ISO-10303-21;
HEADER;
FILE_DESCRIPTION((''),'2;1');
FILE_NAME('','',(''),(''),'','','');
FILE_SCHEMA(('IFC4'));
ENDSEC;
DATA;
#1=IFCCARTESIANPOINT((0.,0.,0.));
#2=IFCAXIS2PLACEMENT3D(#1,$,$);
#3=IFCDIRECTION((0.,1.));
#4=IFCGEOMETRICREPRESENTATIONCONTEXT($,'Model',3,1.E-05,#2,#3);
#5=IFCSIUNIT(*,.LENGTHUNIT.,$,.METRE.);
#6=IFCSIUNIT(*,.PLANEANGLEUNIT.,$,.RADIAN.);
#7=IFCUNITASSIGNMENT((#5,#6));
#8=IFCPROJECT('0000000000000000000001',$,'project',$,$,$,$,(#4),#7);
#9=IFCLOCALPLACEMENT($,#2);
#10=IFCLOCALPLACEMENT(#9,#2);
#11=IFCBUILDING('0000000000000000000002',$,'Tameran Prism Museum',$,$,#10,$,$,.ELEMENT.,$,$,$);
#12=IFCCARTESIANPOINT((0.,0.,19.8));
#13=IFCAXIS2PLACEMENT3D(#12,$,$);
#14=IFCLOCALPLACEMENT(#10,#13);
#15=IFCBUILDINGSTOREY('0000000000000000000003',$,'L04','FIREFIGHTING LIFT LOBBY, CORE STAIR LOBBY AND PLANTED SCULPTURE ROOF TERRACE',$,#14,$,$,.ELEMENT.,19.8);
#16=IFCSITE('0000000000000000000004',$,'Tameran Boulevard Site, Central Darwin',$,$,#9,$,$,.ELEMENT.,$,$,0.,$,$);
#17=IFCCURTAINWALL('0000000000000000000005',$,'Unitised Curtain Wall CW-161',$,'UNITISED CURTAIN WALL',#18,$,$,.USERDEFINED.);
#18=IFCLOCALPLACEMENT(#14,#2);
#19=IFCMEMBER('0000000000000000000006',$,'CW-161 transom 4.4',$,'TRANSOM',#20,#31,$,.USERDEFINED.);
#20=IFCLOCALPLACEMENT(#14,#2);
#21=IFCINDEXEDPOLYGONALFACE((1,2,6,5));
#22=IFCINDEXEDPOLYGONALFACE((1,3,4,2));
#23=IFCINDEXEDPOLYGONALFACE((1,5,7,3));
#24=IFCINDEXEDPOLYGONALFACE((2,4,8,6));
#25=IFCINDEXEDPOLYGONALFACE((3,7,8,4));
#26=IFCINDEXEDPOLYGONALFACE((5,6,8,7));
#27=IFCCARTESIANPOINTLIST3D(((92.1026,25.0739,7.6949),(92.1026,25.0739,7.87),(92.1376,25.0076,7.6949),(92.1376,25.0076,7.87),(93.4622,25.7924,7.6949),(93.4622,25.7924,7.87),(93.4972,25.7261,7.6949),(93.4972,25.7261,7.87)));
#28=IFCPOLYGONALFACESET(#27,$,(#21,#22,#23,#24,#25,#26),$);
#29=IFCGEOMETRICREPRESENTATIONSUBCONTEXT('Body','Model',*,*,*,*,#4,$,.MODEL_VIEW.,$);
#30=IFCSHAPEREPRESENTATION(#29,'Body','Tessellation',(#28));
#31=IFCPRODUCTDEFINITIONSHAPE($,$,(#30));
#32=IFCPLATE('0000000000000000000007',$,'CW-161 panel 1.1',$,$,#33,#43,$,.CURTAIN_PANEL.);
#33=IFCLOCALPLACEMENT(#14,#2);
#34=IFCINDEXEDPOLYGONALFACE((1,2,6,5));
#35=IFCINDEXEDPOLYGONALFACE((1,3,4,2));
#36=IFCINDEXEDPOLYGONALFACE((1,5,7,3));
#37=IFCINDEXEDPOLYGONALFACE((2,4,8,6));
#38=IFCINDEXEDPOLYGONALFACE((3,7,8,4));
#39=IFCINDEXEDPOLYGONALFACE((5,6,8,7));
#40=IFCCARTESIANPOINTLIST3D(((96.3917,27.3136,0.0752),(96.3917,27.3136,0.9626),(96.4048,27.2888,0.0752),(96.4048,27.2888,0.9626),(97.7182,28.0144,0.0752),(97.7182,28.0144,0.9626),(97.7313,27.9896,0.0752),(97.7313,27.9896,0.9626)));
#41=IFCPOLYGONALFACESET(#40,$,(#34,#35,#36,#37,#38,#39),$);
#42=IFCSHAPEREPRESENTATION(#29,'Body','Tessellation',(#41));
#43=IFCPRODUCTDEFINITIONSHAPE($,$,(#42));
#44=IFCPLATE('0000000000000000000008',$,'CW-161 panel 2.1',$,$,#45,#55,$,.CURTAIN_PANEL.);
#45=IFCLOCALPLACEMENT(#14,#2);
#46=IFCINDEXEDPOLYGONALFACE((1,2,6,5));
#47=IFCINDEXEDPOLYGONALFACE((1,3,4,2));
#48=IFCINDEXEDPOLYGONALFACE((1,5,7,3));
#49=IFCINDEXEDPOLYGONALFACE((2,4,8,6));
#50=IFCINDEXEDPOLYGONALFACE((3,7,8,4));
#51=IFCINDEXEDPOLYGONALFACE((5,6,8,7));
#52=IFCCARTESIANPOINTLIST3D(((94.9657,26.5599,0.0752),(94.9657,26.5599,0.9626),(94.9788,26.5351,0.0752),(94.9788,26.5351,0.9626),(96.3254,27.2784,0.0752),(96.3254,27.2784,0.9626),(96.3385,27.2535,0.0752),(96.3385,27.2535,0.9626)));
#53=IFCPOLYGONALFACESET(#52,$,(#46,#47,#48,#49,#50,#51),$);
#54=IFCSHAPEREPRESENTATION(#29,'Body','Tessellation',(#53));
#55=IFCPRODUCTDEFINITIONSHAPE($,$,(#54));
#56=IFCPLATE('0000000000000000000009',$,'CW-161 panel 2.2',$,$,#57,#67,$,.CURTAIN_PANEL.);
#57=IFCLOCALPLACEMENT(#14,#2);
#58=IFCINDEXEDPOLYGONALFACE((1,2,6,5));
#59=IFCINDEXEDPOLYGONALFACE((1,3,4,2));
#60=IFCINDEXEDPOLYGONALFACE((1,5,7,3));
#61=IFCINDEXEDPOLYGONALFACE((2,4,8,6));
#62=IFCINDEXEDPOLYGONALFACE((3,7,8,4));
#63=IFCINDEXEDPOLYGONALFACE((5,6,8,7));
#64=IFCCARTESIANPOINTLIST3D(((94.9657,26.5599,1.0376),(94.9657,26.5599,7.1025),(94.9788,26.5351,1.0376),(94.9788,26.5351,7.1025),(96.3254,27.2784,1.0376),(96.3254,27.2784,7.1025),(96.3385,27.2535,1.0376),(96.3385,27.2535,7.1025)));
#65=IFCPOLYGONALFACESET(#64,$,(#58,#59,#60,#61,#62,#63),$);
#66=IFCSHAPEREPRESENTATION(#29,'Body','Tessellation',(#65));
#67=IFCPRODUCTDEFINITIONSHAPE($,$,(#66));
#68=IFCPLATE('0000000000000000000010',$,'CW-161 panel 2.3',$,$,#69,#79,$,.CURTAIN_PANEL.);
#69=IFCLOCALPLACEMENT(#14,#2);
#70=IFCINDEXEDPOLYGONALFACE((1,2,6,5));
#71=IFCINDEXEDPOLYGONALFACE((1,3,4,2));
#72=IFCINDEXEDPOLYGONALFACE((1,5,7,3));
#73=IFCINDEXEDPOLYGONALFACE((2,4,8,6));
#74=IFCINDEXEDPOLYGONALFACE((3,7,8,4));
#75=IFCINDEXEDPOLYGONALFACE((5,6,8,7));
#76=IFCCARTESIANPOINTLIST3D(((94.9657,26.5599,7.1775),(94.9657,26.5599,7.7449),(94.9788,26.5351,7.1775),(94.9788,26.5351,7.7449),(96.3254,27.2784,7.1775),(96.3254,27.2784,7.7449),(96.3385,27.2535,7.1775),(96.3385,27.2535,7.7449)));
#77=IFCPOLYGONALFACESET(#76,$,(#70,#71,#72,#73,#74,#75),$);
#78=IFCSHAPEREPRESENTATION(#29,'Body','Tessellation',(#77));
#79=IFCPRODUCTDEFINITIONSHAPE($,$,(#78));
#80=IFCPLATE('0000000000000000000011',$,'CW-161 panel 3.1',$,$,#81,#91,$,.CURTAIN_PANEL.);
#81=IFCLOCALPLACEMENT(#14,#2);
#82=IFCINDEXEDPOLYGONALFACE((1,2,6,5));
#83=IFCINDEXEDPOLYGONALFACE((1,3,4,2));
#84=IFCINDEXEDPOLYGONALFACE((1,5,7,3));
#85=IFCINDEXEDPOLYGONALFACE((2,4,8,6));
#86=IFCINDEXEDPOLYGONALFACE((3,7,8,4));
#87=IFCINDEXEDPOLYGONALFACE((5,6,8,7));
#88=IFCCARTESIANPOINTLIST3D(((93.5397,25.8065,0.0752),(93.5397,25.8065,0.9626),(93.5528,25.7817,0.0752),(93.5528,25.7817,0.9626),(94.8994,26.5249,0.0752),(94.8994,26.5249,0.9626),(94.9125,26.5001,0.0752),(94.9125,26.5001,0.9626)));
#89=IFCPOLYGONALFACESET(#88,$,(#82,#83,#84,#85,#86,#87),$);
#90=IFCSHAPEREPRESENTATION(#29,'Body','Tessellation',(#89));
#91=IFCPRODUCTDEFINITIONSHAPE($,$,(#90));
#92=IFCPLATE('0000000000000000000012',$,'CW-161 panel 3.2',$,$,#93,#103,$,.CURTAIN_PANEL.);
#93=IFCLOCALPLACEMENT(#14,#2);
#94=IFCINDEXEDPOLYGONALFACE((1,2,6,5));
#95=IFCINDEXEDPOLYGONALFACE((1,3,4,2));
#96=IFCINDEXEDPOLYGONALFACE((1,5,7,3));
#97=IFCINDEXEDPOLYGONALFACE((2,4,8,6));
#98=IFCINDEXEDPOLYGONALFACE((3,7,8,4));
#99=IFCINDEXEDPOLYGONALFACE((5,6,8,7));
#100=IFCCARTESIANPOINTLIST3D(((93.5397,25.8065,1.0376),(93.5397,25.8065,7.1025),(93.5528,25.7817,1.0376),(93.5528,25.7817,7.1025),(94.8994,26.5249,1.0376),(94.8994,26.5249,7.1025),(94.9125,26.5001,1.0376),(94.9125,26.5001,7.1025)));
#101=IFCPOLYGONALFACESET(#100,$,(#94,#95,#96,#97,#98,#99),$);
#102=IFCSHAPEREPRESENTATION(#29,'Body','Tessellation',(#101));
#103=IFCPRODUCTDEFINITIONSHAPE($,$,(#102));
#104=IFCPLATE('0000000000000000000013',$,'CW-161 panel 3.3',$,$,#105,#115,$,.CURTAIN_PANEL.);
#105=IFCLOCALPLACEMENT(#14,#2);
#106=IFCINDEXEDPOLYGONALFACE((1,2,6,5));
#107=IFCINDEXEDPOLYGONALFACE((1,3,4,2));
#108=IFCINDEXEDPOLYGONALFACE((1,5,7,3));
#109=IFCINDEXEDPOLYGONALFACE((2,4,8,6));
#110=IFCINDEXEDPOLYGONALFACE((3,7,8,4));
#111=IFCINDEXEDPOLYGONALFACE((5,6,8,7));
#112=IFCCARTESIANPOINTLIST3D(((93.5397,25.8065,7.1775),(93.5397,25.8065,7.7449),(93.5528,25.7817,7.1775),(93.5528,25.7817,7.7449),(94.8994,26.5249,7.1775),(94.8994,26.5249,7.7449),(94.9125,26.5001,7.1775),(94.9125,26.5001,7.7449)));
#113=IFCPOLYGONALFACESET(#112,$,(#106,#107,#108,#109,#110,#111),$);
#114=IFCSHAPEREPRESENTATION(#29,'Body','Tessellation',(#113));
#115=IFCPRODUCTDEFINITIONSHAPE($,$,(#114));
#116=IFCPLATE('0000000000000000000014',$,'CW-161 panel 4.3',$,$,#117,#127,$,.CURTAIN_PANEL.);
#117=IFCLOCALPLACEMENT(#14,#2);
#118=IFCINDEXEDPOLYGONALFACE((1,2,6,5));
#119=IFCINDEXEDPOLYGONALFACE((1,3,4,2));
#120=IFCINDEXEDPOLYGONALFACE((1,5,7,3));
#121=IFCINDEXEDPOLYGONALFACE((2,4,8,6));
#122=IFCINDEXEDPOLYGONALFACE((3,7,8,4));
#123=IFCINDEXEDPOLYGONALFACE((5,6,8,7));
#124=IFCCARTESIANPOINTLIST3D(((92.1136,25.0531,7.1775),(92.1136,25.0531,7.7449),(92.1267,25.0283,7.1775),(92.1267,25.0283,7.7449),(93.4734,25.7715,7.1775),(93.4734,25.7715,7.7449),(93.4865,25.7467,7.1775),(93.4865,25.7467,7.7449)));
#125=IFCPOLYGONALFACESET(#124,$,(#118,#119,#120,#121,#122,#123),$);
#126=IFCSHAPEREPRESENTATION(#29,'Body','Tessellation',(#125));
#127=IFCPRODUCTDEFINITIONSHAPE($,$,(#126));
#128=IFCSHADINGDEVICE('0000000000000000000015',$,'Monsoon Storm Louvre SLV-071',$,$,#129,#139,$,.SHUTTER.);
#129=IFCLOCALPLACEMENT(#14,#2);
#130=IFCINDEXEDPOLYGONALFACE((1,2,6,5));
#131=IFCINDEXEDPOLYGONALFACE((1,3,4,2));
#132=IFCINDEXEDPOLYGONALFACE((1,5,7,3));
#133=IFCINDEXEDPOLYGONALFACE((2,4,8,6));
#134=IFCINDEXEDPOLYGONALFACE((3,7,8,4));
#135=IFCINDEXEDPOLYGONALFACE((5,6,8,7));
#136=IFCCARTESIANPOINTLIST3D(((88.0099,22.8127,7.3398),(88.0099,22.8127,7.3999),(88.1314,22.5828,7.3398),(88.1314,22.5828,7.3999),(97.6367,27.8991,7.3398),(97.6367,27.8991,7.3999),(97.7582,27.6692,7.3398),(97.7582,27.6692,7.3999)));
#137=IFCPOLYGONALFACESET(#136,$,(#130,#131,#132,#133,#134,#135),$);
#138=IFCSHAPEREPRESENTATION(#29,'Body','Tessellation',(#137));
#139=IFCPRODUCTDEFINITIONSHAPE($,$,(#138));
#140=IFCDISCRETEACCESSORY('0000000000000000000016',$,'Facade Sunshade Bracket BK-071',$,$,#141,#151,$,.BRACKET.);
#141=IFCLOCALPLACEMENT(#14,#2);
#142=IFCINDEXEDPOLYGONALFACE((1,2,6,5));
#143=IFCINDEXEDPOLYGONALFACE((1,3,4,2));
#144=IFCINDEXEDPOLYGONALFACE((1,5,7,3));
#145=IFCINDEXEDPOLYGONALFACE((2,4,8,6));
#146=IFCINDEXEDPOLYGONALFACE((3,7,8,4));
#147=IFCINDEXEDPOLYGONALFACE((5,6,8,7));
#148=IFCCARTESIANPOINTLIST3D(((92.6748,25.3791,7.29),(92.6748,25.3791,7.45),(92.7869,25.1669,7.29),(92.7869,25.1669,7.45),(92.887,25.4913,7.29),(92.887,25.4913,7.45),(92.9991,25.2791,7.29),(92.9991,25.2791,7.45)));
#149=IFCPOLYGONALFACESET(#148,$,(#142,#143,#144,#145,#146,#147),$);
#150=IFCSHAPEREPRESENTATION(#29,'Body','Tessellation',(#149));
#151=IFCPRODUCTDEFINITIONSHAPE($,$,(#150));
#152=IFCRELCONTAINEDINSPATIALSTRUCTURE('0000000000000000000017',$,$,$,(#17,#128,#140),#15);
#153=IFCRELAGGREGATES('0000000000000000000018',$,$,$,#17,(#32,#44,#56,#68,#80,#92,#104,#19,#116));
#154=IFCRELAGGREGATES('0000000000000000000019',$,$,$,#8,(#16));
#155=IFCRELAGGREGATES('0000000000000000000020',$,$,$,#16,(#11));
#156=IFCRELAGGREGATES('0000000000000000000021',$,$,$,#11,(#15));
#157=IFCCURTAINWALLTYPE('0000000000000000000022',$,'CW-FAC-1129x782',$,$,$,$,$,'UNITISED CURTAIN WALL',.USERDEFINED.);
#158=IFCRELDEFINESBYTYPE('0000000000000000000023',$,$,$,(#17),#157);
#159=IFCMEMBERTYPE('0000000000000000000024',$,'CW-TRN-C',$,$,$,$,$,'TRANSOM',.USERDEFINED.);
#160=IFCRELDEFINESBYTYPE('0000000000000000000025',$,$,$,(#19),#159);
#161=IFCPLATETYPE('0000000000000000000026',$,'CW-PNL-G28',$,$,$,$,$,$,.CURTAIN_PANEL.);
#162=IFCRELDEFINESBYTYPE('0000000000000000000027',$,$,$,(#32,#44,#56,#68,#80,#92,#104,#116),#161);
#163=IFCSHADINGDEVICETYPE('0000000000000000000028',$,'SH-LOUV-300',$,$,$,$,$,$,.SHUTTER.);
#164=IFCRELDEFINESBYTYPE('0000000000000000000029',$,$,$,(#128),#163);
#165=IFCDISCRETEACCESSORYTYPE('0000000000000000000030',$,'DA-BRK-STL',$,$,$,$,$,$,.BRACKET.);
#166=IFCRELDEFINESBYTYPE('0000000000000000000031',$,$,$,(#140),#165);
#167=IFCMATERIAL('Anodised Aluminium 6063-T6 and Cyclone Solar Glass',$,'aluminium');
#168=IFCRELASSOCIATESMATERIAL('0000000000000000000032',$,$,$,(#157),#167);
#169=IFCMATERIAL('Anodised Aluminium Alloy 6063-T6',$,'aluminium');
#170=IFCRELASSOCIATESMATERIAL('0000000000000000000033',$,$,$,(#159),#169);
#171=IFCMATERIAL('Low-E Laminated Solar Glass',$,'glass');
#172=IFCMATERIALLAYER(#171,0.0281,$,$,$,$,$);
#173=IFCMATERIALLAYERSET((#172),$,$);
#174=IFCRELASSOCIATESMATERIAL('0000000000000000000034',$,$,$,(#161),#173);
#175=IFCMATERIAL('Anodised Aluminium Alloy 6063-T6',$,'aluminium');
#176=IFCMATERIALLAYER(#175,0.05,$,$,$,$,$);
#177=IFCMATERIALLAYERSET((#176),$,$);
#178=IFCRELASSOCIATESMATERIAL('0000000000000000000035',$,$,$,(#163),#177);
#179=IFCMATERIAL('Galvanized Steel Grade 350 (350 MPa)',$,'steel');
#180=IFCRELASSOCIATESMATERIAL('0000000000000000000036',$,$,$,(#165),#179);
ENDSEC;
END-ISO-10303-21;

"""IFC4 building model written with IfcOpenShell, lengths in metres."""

from ifc_helpers import new_model, si_unit, direction, frame, origin, origin_2d, place, context, subcontext, project, spatial, rectangle, extrude, material, layer, layer_set, material_profile, profile_set, type_object, element, aggregate, save


model = new_model("IFC4")

# Units and contexts
model_context = context("Model", 3, precision=1e-05, world=origin(), true_north=direction((0.0, 1.0)))
body_context = subcontext(model_context, "Body", "Model", "MODEL_VIEW")
ifc_project = project(units=[si_unit("LENGTHUNIT", "METRE"), si_unit("PLANEANGLEUNIT", "RADIAN")], contexts=[model_context])

# Site, building, storey
site_placement = place(None, origin())
site = spatial("IfcSite", under=ifc_project, at=site_placement, Name="Tameran Boulevard Site, Central Darwin", CompositionType="ELEMENT", RefElevation=0.0)
building_placement = place(site_placement, origin())
building = spatial("IfcBuilding", under=site, at=building_placement, Name="Tameran Prism Museum", CompositionType="ELEMENT")
storey_placement = place(building_placement, frame((0.0, 0.0, 19.8)))
storey = spatial("IfcBuildingStorey", under=building, at=storey_placement, Name="L04", Description="FIREFIGHTING LIFT LOBBY, CORE STAIR LOBBY AND PLANTED SCULPTURE ROOF TERRACE", CompositionType="ELEMENT", Elevation=19.8)

# Curtain wall, member, plates
ifc_material_1 = material(Name="Anodised Aluminium 6063-T6 and Cyclone Solar Glass", Category="aluminium")
curtain_wall_type = type_object("IfcCurtainWallType", Name="CW-FAC-1129x782", ElementType="UNITISED CURTAIN WALL", PredefinedType="USERDEFINED", material=ifc_material_1)
curtain_wall_placement = place(storey_placement, origin())
curtain_wall = element("IfcCurtainWall", 1, at=curtain_wall_placement, inside=storey, type_object=curtain_wall_type, Name="Unitised Curtain Wall CW-161", ObjectType="UNITISED CURTAIN WALL", PredefinedType="USERDEFINED")
ifc_material_2 = material(Name="Anodised Aluminium Alloy 6063-T6", Category="aluminium")
ifc_material_profile_1 = material_profile(ifc_material_2, rectangle(XDim=0.075, YDim=0.175, at=origin_2d()))
ifc_profile_set_1 = profile_set([ifc_material_profile_1])
member_type_1 = type_object("IfcMemberType", Name="CW-TRN-C", ElementType="TRANSOM", PredefinedType="USERDEFINED", material=ifc_profile_set_1)
member_1_placement = place(storey_placement, frame((93.4797, 25.7593, 7.7825), z_axis=(-0.884135, -0.467231, 0.0), x_axis=(0.467231, -0.884135, 0.0)))
member_1 = element("IfcMember", 2, at=member_1_placement, type_object=member_type_1, Name="CW-161 transom 4.4", ObjectType="TRANSOM", PredefinedType="USERDEFINED", context=body_context, shape_type="SweptSolid", body=[
    extrude(rectangle(XDim=0.075, YDim=0.175, at=origin_2d()), origin(), (0.0, 0.0, 1.0), 1.5378),
])
ifc_material_3 = material(Name="Low-E Laminated Solar Glass", Category="glass")
ifc_layer_1 = layer(ifc_material_3, 0.0281)
ifc_layer_set_1 = layer_set([ifc_layer_1])
plate_type = type_object("IfcPlateType", Name="CW-PNL-G28", PredefinedType="CURTAIN_PANEL", material=ifc_layer_set_1)
plate_1_placement = place(storey_placement, frame((97.0615, 27.6516, 0.0752), z_axis=(0.0, 0.0, 1.0), x_axis=(-0.884175, -0.467155, 0.0)))
plate_1 = element("IfcPlate", 3, at=plate_1_placement, type_object=plate_type, Name="CW-161 panel 1.1", PredefinedType="CURTAIN_PANEL", context=body_context, shape_type="SweptSolid", body=[
    extrude(rectangle(XDim=1.5002, YDim=0.0281, at=origin_2d()), origin(), (0.0, 0.0, 1.0), 0.8875),
])
plate_2_placement = place(storey_placement, frame((95.6521, 26.9067, 0.0752), z_axis=(0.0, 0.0, 1.0), x_axis=(-0.884175, -0.467155, 0.0)))
plate_2 = element("IfcPlate", 4, at=plate_2_placement, type_object=plate_type, Name="CW-161 panel 2.1", PredefinedType="CURTAIN_PANEL", context=body_context, shape_type="SweptSolid", body=[
    extrude(rectangle(XDim=1.5378, YDim=0.0281, at=origin_2d()), origin(), (0.0, 0.0, 1.0), 0.8875),
])
plate_3_placement = place(storey_placement, frame((95.6521, 26.9067, 1.0376), z_axis=(0.0, 0.0, 1.0), x_axis=(-0.884175, -0.467155, 0.0)))
plate_3 = element("IfcPlate", 5, at=plate_3_placement, type_object=plate_type, Name="CW-161 panel 2.2", PredefinedType="CURTAIN_PANEL", context=body_context, shape_type="SweptSolid", body=[
    extrude(rectangle(XDim=1.5378, YDim=0.0281, at=origin_2d()), origin(), (0.0, 0.0, 1.0), 6.0649),
])
plate_4_placement = place(storey_placement, frame((95.6521, 26.9067, 7.1775), z_axis=(0.0, 0.0, 1.0), x_axis=(-0.884175, -0.467155, 0.0)))
plate_4 = element("IfcPlate", 6, at=plate_4_placement, type_object=plate_type, Name="CW-161 panel 2.3", PredefinedType="CURTAIN_PANEL", context=body_context, shape_type="SweptSolid", body=[
    extrude(rectangle(XDim=1.5378, YDim=0.0281, at=origin_2d()), origin(), (0.0, 0.0, 1.0), 0.5674),
])
plate_5_placement = place(storey_placement, frame((94.2261, 26.1533, 0.0752), z_axis=(0.0, 0.0, 1.0), x_axis=(-0.884175, -0.467155, 0.0)))
plate_5 = element("IfcPlate", 7, at=plate_5_placement, type_object=plate_type, Name="CW-161 panel 3.1", PredefinedType="CURTAIN_PANEL", context=body_context, shape_type="SweptSolid", body=[
    extrude(rectangle(XDim=1.5378, YDim=0.0281, at=origin_2d()), origin(), (0.0, 0.0, 1.0), 0.8875),
])
plate_6_placement = place(storey_placement, frame((94.2261, 26.1533, 1.0376), z_axis=(0.0, 0.0, 1.0), x_axis=(-0.884175, -0.467155, 0.0)))
plate_6 = element("IfcPlate", 8, at=plate_6_placement, type_object=plate_type, Name="CW-161 panel 3.2", PredefinedType="CURTAIN_PANEL", context=body_context, shape_type="SweptSolid", body=[
    extrude(rectangle(XDim=1.5378, YDim=0.0281, at=origin_2d()), origin(), (0.0, 0.0, 1.0), 6.0649),
])
plate_7_placement = place(storey_placement, frame((94.2261, 26.1533, 7.1775), z_axis=(0.0, 0.0, 1.0), x_axis=(-0.884175, -0.467155, 0.0)))
plate_7 = element("IfcPlate", 9, at=plate_7_placement, type_object=plate_type, Name="CW-161 panel 3.3", PredefinedType="CURTAIN_PANEL", context=body_context, shape_type="SweptSolid", body=[
    extrude(rectangle(XDim=1.5378, YDim=0.0281, at=origin_2d()), origin(), (0.0, 0.0, 1.0), 0.5674),
])
plate_8_placement = place(storey_placement, frame((92.8, 25.3999, 7.1775), z_axis=(0.0, 0.0, 1.0), x_axis=(-0.884175, -0.467155, 0.0)))
plate_8 = element("IfcPlate", 10, at=plate_8_placement, type_object=plate_type, Name="CW-161 panel 4.3", PredefinedType="CURTAIN_PANEL", context=body_context, shape_type="SweptSolid", body=[
    extrude(rectangle(XDim=1.5378, YDim=0.0281, at=origin_2d()), origin(), (0.0, 0.0, 1.0), 0.5674),
])
aggregate(curtain_wall, [plate_1, plate_2, plate_3, plate_4, plate_5, plate_6, plate_7, member_1, plate_8])

# Shading device
ifc_material_4 = material(Name="Anodised Aluminium Alloy 6063-T6", Category="aluminium")
ifc_layer_2 = layer(ifc_material_4, 0.05)
ifc_layer_set_2 = layer_set([ifc_layer_2])
shading_device_type = type_object("IfcShadingDeviceType", Name="SH-LOUV-300", PredefinedType="SHUTTER", material=ifc_layer_set_2)
shading_device_placement = place(storey_placement, frame((92.884, 25.241, 7.3398), z_axis=(0.0, 0.0, 1.0), x_axis=(-0.884174, -0.467158, 0.0)))
element("IfcShadingDevice", 11, at=shading_device_placement, inside=storey, type_object=shading_device_type, Name="Monsoon Storm Louvre SLV-071", PredefinedType="SHUTTER", context=body_context, shape_type="SweptSolid", body=[
    extrude(rectangle(XDim=10.8879, YDim=0.26, at=origin_2d()), origin(), (0.0, 0.0, 1.0), 0.0601),
])

# Discrete accessory
ifc_material_5 = material(Name="Galvanized Steel Grade 350 (350 MPa)", Category="steel")
discrete_accessory_type = type_object("IfcDiscreteAccessoryType", Name="DA-BRK-STL", PredefinedType="BRACKET", material=ifc_material_5)
discrete_accessory_placement = place(storey_placement, frame((92.8369, 25.3291, 7.29), z_axis=(0.0, 0.0, 1.0), x_axis=(-0.884174, -0.467158, 0.0)))
element("IfcDiscreteAccessory", 12, at=discrete_accessory_placement, inside=storey, type_object=discrete_accessory_type, Name="Facade Sunshade Bracket BK-071", PredefinedType="BRACKET", context=body_context, shape_type="SweptSolid", body=[
    extrude(rectangle(XDim=0.24, YDim=0.24, at=origin_2d()), origin(), (0.0, 0.0, 1.0), 0.1599),
])

save(model, "model.ifc")
